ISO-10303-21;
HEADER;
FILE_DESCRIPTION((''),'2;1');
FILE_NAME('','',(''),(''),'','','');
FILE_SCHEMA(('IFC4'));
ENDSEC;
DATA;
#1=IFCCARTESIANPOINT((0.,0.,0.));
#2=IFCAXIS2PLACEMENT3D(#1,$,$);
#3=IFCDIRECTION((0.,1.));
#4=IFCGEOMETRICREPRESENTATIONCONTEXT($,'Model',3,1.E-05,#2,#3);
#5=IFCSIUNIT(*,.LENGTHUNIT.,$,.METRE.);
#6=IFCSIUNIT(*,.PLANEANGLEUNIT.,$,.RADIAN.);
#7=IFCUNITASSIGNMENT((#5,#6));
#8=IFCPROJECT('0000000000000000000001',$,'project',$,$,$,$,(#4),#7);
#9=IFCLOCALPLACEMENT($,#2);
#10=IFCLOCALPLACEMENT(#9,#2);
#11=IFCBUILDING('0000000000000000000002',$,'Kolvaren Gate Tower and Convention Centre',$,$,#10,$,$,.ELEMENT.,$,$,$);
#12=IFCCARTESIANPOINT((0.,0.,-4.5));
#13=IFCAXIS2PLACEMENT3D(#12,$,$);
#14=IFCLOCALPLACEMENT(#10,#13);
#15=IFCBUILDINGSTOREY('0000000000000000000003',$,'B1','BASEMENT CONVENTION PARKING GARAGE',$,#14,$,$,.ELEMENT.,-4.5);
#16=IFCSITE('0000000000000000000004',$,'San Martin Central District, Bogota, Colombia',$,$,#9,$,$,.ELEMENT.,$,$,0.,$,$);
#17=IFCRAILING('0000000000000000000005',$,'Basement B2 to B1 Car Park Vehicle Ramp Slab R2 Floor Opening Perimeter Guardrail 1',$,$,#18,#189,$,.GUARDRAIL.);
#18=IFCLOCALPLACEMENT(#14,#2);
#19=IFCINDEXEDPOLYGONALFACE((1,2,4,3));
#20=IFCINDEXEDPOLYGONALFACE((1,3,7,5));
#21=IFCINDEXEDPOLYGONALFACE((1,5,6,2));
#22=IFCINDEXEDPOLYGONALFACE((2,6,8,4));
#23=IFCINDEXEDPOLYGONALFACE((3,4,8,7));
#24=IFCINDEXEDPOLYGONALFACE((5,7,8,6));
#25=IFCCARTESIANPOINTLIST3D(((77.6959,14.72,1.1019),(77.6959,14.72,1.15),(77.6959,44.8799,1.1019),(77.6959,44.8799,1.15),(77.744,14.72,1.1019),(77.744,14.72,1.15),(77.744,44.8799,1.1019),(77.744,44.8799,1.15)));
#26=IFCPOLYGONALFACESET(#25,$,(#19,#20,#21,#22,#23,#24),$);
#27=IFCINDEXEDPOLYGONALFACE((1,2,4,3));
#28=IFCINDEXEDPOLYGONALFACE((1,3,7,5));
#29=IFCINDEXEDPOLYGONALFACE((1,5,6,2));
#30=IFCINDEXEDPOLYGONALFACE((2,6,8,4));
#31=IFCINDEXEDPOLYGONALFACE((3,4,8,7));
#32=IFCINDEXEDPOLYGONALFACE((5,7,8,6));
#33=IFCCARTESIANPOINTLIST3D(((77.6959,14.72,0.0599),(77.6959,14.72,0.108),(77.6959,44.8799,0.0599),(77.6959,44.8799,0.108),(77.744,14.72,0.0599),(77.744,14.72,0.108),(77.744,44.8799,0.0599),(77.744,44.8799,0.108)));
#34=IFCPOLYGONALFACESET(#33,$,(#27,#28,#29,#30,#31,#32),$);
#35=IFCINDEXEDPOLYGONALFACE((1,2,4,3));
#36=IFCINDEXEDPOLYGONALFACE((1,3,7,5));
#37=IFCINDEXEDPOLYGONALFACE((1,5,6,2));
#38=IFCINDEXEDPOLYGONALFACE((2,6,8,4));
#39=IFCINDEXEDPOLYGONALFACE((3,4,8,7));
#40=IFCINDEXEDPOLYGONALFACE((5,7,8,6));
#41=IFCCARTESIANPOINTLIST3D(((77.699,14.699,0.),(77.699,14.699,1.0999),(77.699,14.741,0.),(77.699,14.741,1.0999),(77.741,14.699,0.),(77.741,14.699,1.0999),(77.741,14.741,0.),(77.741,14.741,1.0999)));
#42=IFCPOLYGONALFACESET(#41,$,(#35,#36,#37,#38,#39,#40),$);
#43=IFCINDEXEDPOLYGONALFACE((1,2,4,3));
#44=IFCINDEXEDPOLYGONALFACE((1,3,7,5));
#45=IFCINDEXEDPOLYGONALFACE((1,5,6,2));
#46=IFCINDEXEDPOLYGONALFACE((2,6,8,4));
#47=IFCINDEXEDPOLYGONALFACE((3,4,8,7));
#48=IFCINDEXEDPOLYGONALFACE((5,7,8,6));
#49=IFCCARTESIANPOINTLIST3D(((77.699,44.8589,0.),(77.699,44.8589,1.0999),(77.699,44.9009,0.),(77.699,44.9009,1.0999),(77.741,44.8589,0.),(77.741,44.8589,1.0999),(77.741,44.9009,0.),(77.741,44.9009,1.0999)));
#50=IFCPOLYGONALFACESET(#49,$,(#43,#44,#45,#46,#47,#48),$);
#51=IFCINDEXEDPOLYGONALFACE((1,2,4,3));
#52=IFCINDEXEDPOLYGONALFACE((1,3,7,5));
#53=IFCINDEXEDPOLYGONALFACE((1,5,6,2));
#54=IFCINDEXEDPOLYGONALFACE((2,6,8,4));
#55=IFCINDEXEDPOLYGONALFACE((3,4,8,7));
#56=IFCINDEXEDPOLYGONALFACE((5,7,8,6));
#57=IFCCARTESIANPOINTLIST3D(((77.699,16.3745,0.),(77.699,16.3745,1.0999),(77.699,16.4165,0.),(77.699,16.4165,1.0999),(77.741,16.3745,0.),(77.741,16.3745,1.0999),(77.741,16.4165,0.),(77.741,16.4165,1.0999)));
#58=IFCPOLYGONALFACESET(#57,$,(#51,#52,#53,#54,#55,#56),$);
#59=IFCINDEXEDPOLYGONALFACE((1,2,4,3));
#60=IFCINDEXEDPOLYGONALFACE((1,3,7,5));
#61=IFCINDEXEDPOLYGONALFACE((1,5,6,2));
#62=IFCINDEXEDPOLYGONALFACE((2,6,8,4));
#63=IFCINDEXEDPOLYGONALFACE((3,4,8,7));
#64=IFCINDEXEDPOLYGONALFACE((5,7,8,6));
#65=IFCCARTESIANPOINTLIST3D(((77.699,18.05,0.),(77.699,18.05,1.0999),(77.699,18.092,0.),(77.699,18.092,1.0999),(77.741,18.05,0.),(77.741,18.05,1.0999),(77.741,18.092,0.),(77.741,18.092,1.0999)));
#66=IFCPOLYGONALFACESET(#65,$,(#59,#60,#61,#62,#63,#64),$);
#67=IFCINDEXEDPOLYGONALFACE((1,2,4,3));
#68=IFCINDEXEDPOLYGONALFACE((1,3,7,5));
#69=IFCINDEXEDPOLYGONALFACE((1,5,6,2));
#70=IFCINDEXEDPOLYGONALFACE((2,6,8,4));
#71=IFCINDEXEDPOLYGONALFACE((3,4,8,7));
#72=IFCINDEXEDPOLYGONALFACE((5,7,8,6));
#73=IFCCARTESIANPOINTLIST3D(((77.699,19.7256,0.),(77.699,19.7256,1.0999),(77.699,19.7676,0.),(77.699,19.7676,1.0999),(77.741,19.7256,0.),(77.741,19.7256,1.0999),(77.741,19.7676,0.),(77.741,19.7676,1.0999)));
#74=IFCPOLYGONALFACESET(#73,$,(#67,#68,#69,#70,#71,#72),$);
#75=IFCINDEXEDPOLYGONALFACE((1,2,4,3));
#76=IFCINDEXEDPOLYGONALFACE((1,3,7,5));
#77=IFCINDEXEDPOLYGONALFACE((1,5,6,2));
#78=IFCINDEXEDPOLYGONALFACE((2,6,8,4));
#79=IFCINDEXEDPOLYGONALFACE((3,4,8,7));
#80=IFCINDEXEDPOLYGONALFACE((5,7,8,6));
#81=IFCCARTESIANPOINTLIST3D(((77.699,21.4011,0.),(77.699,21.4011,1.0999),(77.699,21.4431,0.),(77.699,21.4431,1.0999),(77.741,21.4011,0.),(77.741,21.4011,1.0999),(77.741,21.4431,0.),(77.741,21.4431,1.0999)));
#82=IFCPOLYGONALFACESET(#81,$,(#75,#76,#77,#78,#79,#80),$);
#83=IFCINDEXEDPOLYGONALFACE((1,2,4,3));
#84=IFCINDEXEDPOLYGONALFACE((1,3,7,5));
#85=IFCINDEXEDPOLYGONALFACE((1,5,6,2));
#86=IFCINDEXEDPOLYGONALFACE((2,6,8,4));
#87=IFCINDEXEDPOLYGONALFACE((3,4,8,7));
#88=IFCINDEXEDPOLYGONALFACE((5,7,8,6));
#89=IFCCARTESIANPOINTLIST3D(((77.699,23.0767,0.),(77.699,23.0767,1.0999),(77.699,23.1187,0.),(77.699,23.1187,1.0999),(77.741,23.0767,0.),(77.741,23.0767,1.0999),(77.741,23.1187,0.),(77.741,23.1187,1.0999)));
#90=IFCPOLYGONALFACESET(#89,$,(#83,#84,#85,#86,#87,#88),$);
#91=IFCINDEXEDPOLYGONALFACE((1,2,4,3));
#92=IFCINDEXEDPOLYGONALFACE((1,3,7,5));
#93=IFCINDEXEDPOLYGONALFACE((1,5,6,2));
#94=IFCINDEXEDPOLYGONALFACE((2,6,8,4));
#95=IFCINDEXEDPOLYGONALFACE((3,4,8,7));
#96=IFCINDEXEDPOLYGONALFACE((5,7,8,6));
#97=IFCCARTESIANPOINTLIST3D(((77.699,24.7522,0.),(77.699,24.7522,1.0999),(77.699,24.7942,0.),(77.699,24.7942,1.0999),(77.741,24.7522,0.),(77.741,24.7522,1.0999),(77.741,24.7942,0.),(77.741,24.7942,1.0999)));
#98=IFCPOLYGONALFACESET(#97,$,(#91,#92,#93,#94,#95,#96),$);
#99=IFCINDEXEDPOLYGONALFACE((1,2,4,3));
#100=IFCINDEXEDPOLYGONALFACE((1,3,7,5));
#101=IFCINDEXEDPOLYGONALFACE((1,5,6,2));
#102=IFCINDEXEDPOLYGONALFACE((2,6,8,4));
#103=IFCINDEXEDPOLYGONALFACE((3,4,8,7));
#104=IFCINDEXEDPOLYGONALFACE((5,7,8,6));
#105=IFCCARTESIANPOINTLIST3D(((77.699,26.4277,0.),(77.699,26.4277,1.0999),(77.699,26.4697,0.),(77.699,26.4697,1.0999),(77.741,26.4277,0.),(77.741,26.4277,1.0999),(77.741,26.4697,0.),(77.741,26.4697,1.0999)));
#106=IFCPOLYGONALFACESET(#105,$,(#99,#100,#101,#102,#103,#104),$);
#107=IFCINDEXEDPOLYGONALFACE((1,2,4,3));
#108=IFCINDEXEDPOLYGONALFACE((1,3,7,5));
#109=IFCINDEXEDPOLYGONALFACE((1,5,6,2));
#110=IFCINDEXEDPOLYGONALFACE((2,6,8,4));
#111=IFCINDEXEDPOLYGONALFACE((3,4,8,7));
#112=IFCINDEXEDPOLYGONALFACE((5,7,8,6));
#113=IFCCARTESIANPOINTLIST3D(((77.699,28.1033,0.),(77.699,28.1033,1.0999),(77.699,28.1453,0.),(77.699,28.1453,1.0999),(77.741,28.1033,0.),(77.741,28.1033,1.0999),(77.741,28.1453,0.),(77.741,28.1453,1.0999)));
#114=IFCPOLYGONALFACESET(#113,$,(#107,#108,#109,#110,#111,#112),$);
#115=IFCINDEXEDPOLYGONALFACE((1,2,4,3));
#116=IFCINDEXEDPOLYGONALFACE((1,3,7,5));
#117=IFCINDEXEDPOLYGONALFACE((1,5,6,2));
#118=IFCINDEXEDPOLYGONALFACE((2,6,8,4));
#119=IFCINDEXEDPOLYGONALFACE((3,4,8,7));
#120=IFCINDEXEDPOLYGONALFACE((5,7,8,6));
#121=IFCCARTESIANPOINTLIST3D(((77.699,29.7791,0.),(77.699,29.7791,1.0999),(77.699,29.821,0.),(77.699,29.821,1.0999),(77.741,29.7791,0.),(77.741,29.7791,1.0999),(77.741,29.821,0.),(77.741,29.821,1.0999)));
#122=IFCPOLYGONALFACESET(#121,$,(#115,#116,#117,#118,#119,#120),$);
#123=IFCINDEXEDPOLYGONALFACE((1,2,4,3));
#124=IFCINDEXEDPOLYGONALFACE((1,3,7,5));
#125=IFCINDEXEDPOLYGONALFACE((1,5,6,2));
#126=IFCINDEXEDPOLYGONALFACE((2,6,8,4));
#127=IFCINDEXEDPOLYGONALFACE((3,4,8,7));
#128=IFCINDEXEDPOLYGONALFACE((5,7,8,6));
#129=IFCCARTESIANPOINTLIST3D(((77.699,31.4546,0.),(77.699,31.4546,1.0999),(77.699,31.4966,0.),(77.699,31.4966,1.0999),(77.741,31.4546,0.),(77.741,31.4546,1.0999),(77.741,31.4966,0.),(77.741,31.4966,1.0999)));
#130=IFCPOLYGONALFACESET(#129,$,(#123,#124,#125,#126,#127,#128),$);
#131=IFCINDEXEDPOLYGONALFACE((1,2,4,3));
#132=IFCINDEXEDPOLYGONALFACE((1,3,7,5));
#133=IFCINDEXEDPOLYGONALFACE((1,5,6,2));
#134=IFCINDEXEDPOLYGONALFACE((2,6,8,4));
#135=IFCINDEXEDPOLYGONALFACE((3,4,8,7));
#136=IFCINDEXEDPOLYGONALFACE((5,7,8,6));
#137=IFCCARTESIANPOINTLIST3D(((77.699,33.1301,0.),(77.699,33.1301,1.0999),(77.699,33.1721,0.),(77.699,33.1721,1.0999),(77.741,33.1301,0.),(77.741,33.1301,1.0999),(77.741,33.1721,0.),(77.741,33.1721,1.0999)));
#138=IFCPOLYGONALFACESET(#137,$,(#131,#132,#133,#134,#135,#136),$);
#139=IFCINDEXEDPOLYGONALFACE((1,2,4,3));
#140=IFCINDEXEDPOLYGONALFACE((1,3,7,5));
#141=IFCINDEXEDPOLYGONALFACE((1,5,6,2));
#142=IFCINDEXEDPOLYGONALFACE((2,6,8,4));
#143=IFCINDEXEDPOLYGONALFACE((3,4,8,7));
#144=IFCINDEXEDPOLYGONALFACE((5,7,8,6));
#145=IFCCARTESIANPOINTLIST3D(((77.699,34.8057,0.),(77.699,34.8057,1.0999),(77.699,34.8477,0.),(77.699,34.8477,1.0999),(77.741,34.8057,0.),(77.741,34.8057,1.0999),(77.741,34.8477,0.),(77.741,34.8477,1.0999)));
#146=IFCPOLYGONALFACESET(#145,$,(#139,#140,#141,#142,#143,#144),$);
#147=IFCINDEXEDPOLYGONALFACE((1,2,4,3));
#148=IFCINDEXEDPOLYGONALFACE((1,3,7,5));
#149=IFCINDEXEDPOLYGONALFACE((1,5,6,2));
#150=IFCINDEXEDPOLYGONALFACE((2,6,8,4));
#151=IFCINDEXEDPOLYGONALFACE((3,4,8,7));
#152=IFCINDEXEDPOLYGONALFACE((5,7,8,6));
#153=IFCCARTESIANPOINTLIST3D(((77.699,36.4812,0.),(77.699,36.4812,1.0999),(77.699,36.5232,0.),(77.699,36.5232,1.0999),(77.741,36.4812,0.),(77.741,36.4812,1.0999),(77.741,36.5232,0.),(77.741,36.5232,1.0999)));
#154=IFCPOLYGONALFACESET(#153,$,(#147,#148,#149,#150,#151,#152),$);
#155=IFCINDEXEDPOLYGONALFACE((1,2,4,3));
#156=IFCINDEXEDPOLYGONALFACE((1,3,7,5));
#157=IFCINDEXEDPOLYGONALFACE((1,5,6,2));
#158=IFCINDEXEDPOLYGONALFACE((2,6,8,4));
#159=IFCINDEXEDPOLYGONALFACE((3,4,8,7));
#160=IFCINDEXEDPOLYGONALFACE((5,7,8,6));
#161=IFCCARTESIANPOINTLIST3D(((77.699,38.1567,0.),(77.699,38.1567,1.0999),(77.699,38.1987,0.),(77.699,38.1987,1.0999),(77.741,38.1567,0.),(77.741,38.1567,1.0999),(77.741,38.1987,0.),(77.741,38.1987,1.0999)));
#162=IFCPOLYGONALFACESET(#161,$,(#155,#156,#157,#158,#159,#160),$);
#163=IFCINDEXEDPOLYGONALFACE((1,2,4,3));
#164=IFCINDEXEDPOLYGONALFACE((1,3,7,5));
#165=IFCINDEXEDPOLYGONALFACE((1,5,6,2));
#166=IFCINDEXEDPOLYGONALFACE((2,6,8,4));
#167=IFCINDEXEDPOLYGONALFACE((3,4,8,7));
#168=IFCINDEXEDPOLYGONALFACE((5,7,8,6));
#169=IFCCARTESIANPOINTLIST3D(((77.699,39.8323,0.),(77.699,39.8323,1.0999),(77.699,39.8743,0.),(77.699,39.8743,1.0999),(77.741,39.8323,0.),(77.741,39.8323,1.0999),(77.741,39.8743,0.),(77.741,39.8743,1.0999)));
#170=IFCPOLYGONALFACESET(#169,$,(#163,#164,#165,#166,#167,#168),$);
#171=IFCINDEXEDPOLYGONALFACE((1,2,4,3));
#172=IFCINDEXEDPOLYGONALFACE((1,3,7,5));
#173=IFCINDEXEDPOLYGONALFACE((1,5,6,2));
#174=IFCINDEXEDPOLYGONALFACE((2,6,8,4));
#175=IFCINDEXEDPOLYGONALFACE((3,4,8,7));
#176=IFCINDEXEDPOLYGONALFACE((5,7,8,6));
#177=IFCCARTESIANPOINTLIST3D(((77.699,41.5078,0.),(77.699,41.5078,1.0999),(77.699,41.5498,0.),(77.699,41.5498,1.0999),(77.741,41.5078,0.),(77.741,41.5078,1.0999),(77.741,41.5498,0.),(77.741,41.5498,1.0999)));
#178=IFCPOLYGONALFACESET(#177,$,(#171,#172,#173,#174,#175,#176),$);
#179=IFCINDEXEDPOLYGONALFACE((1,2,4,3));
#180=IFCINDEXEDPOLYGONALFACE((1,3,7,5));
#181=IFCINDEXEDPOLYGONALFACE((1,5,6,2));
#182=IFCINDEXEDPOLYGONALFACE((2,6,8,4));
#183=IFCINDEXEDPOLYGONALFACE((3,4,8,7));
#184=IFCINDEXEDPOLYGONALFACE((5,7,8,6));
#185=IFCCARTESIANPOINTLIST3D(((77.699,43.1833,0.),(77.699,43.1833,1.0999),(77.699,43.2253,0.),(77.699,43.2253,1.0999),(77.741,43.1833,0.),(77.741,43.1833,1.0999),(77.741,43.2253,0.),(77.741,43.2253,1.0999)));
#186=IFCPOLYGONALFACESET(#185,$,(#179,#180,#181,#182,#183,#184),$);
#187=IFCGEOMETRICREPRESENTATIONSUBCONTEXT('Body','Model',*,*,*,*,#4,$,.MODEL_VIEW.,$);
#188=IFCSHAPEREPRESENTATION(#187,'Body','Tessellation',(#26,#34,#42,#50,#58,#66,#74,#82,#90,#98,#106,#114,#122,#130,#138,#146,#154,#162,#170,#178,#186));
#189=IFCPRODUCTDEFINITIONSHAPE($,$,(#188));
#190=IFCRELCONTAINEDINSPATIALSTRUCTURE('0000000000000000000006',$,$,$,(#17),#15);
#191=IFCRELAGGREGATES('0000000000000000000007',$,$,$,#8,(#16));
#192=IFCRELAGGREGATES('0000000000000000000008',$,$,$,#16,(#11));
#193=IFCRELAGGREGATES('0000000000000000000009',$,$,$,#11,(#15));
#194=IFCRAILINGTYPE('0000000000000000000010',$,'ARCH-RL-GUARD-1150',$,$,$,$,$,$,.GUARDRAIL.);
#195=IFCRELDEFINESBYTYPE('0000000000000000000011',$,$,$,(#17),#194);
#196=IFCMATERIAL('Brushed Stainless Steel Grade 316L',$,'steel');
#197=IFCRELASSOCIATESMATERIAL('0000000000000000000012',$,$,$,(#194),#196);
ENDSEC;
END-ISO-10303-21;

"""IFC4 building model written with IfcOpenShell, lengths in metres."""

from ifc_helpers import new_model, si_unit, direction, frame, origin, origin_2d, place, context, subcontext, project, spatial, rectangle, extrude, material, type_object, element, save


model = new_model("IFC4")

# Units and contexts
model_context = context("Model", 3, precision=1e-05, world=origin(), true_north=direction((0.0, 1.0)))
body_context = subcontext(model_context, "Body", "Model", "MODEL_VIEW")
ifc_project = project(units=[si_unit("LENGTHUNIT", "METRE"), si_unit("PLANEANGLEUNIT", "RADIAN")], contexts=[model_context])

# Site, building, storey
site_placement = place(None, origin())
site = spatial("IfcSite", under=ifc_project, at=site_placement, Name="San Martin Central District, Bogota, Colombia", CompositionType="ELEMENT", RefElevation=0.0)
building_placement = place(site_placement, origin())
building = spatial("IfcBuilding", under=site, at=building_placement, Name="Kolvaren Gate Tower and Convention Centre", CompositionType="ELEMENT")
storey_placement = place(building_placement, frame((0.0, 0.0, -4.5)))
storey = spatial("IfcBuildingStorey", under=building, at=storey_placement, Name="B1", Description="BASEMENT CONVENTION PARKING GARAGE", CompositionType="ELEMENT", Elevation=-4.5)

# Railing
ifc_material_1 = material(Name="Brushed Stainless Steel Grade 316L", Category="steel")
railing_type = type_object("IfcRailingType", Name="ARCH-RL-GUARD-1150", PredefinedType="GUARDRAIL", material=ifc_material_1)
railing_1_placement = place(storey_placement, frame((77.72, 14.72, 0.0)))
element("IfcRailing", 1, at=railing_1_placement, inside=storey, type_object=railing_type, Name="Basement B2 to B1 Car Park Vehicle Ramp Slab R2 Floor Opening Perimeter Guardrail 1", PredefinedType="GUARDRAIL", context=body_context, shape_type="SweptSolid", body=[
    extrude(rectangle(XDim=0.0481, YDim=0.0481, at=origin_2d()), frame((0.0, 0.0, 1.126), z_axis=(0.0, 1.0, 0.0), x_axis=(-1.0, 0.0, 0.0)), (0.0, 0.0, 1.0), 30.1599),
    extrude(rectangle(XDim=0.0481, YDim=0.0481, at=origin_2d()), frame((0.0, 0.0, 0.084), z_axis=(0.0, 1.0, 0.0), x_axis=(-1.0, 0.0, 0.0)), (0.0, 0.0, 1.0), 30.1599),
    extrude(rectangle(XDim=0.042, YDim=0.042, at=origin_2d()), origin(), (0.0, 0.0, 1.0), 1.0999),
    extrude(rectangle(XDim=0.042, YDim=0.042, at=origin_2d()), frame((0.0, 30.1599, 0.0)), (0.0, 0.0, 1.0), 1.0999),
    extrude(rectangle(XDim=0.042, YDim=0.042, at=origin_2d()), frame((0.0, 1.6755, 0.0)), (0.0, 0.0, 1.0), 1.0999),
    extrude(rectangle(XDim=0.042, YDim=0.042, at=origin_2d()), frame((0.0, 3.3511, 0.0)), (0.0, 0.0, 1.0), 1.0999),
    extrude(rectangle(XDim=0.042, YDim=0.042, at=origin_2d()), frame((0.0, 5.0266, 0.0)), (0.0, 0.0, 1.0), 1.0999),
    extrude(rectangle(XDim=0.042, YDim=0.042, at=origin_2d()), frame((0.0, 6.7021, 0.0)), (0.0, 0.0, 1.0), 1.0999),
    extrude(rectangle(XDim=0.042, YDim=0.042, at=origin_2d()), frame((0.0, 8.3777, 0.0)), (0.0, 0.0, 1.0), 1.0999),
    extrude(rectangle(XDim=0.042, YDim=0.042, at=origin_2d()), frame((0.0, 10.0532, 0.0)), (0.0, 0.0, 1.0), 1.0999),
    extrude(rectangle(XDim=0.042, YDim=0.042, at=origin_2d()), frame((0.0, 11.7288, 0.0)), (0.0, 0.0, 1.0), 1.0999),
    extrude(rectangle(XDim=0.042, YDim=0.042, at=origin_2d()), frame((0.0, 13.4043, 0.0)), (0.0, 0.0, 1.0), 1.0999),
    extrude(rectangle(XDim=0.042, YDim=0.042, at=origin_2d()), frame((0.0, 15.0801, 0.0)), (0.0, 0.0, 1.0), 1.0999),
    extrude(rectangle(XDim=0.042, YDim=0.042, at=origin_2d()), frame((0.0, 16.7556, 0.0)), (0.0, 0.0, 1.0), 1.0999),
    extrude(rectangle(XDim=0.042, YDim=0.042, at=origin_2d()), frame((0.0, 18.4312, 0.0)), (0.0, 0.0, 1.0), 1.0999),
    extrude(rectangle(XDim=0.042, YDim=0.042, at=origin_2d()), frame((0.0, 20.1067, 0.0)), (0.0, 0.0, 1.0), 1.0999),
    extrude(rectangle(XDim=0.042, YDim=0.042, at=origin_2d()), frame((0.0, 21.7822, 0.0)), (0.0, 0.0, 1.0), 1.0999),
    extrude(rectangle(XDim=0.042, YDim=0.042, at=origin_2d()), frame((0.0, 23.4578, 0.0)), (0.0, 0.0, 1.0), 1.0999),
    extrude(rectangle(XDim=0.042, YDim=0.042, at=origin_2d()), frame((0.0, 25.1333, 0.0)), (0.0, 0.0, 1.0), 1.0999),
    extrude(rectangle(XDim=0.042, YDim=0.042, at=origin_2d()), frame((0.0, 26.8088, 0.0)), (0.0, 0.0, 1.0), 1.0999),
    extrude(rectangle(XDim=0.042, YDim=0.042, at=origin_2d()), frame((0.0, 28.4844, 0.0)), (0.0, 0.0, 1.0), 1.0999),
])

save(model, "model.ifc")
